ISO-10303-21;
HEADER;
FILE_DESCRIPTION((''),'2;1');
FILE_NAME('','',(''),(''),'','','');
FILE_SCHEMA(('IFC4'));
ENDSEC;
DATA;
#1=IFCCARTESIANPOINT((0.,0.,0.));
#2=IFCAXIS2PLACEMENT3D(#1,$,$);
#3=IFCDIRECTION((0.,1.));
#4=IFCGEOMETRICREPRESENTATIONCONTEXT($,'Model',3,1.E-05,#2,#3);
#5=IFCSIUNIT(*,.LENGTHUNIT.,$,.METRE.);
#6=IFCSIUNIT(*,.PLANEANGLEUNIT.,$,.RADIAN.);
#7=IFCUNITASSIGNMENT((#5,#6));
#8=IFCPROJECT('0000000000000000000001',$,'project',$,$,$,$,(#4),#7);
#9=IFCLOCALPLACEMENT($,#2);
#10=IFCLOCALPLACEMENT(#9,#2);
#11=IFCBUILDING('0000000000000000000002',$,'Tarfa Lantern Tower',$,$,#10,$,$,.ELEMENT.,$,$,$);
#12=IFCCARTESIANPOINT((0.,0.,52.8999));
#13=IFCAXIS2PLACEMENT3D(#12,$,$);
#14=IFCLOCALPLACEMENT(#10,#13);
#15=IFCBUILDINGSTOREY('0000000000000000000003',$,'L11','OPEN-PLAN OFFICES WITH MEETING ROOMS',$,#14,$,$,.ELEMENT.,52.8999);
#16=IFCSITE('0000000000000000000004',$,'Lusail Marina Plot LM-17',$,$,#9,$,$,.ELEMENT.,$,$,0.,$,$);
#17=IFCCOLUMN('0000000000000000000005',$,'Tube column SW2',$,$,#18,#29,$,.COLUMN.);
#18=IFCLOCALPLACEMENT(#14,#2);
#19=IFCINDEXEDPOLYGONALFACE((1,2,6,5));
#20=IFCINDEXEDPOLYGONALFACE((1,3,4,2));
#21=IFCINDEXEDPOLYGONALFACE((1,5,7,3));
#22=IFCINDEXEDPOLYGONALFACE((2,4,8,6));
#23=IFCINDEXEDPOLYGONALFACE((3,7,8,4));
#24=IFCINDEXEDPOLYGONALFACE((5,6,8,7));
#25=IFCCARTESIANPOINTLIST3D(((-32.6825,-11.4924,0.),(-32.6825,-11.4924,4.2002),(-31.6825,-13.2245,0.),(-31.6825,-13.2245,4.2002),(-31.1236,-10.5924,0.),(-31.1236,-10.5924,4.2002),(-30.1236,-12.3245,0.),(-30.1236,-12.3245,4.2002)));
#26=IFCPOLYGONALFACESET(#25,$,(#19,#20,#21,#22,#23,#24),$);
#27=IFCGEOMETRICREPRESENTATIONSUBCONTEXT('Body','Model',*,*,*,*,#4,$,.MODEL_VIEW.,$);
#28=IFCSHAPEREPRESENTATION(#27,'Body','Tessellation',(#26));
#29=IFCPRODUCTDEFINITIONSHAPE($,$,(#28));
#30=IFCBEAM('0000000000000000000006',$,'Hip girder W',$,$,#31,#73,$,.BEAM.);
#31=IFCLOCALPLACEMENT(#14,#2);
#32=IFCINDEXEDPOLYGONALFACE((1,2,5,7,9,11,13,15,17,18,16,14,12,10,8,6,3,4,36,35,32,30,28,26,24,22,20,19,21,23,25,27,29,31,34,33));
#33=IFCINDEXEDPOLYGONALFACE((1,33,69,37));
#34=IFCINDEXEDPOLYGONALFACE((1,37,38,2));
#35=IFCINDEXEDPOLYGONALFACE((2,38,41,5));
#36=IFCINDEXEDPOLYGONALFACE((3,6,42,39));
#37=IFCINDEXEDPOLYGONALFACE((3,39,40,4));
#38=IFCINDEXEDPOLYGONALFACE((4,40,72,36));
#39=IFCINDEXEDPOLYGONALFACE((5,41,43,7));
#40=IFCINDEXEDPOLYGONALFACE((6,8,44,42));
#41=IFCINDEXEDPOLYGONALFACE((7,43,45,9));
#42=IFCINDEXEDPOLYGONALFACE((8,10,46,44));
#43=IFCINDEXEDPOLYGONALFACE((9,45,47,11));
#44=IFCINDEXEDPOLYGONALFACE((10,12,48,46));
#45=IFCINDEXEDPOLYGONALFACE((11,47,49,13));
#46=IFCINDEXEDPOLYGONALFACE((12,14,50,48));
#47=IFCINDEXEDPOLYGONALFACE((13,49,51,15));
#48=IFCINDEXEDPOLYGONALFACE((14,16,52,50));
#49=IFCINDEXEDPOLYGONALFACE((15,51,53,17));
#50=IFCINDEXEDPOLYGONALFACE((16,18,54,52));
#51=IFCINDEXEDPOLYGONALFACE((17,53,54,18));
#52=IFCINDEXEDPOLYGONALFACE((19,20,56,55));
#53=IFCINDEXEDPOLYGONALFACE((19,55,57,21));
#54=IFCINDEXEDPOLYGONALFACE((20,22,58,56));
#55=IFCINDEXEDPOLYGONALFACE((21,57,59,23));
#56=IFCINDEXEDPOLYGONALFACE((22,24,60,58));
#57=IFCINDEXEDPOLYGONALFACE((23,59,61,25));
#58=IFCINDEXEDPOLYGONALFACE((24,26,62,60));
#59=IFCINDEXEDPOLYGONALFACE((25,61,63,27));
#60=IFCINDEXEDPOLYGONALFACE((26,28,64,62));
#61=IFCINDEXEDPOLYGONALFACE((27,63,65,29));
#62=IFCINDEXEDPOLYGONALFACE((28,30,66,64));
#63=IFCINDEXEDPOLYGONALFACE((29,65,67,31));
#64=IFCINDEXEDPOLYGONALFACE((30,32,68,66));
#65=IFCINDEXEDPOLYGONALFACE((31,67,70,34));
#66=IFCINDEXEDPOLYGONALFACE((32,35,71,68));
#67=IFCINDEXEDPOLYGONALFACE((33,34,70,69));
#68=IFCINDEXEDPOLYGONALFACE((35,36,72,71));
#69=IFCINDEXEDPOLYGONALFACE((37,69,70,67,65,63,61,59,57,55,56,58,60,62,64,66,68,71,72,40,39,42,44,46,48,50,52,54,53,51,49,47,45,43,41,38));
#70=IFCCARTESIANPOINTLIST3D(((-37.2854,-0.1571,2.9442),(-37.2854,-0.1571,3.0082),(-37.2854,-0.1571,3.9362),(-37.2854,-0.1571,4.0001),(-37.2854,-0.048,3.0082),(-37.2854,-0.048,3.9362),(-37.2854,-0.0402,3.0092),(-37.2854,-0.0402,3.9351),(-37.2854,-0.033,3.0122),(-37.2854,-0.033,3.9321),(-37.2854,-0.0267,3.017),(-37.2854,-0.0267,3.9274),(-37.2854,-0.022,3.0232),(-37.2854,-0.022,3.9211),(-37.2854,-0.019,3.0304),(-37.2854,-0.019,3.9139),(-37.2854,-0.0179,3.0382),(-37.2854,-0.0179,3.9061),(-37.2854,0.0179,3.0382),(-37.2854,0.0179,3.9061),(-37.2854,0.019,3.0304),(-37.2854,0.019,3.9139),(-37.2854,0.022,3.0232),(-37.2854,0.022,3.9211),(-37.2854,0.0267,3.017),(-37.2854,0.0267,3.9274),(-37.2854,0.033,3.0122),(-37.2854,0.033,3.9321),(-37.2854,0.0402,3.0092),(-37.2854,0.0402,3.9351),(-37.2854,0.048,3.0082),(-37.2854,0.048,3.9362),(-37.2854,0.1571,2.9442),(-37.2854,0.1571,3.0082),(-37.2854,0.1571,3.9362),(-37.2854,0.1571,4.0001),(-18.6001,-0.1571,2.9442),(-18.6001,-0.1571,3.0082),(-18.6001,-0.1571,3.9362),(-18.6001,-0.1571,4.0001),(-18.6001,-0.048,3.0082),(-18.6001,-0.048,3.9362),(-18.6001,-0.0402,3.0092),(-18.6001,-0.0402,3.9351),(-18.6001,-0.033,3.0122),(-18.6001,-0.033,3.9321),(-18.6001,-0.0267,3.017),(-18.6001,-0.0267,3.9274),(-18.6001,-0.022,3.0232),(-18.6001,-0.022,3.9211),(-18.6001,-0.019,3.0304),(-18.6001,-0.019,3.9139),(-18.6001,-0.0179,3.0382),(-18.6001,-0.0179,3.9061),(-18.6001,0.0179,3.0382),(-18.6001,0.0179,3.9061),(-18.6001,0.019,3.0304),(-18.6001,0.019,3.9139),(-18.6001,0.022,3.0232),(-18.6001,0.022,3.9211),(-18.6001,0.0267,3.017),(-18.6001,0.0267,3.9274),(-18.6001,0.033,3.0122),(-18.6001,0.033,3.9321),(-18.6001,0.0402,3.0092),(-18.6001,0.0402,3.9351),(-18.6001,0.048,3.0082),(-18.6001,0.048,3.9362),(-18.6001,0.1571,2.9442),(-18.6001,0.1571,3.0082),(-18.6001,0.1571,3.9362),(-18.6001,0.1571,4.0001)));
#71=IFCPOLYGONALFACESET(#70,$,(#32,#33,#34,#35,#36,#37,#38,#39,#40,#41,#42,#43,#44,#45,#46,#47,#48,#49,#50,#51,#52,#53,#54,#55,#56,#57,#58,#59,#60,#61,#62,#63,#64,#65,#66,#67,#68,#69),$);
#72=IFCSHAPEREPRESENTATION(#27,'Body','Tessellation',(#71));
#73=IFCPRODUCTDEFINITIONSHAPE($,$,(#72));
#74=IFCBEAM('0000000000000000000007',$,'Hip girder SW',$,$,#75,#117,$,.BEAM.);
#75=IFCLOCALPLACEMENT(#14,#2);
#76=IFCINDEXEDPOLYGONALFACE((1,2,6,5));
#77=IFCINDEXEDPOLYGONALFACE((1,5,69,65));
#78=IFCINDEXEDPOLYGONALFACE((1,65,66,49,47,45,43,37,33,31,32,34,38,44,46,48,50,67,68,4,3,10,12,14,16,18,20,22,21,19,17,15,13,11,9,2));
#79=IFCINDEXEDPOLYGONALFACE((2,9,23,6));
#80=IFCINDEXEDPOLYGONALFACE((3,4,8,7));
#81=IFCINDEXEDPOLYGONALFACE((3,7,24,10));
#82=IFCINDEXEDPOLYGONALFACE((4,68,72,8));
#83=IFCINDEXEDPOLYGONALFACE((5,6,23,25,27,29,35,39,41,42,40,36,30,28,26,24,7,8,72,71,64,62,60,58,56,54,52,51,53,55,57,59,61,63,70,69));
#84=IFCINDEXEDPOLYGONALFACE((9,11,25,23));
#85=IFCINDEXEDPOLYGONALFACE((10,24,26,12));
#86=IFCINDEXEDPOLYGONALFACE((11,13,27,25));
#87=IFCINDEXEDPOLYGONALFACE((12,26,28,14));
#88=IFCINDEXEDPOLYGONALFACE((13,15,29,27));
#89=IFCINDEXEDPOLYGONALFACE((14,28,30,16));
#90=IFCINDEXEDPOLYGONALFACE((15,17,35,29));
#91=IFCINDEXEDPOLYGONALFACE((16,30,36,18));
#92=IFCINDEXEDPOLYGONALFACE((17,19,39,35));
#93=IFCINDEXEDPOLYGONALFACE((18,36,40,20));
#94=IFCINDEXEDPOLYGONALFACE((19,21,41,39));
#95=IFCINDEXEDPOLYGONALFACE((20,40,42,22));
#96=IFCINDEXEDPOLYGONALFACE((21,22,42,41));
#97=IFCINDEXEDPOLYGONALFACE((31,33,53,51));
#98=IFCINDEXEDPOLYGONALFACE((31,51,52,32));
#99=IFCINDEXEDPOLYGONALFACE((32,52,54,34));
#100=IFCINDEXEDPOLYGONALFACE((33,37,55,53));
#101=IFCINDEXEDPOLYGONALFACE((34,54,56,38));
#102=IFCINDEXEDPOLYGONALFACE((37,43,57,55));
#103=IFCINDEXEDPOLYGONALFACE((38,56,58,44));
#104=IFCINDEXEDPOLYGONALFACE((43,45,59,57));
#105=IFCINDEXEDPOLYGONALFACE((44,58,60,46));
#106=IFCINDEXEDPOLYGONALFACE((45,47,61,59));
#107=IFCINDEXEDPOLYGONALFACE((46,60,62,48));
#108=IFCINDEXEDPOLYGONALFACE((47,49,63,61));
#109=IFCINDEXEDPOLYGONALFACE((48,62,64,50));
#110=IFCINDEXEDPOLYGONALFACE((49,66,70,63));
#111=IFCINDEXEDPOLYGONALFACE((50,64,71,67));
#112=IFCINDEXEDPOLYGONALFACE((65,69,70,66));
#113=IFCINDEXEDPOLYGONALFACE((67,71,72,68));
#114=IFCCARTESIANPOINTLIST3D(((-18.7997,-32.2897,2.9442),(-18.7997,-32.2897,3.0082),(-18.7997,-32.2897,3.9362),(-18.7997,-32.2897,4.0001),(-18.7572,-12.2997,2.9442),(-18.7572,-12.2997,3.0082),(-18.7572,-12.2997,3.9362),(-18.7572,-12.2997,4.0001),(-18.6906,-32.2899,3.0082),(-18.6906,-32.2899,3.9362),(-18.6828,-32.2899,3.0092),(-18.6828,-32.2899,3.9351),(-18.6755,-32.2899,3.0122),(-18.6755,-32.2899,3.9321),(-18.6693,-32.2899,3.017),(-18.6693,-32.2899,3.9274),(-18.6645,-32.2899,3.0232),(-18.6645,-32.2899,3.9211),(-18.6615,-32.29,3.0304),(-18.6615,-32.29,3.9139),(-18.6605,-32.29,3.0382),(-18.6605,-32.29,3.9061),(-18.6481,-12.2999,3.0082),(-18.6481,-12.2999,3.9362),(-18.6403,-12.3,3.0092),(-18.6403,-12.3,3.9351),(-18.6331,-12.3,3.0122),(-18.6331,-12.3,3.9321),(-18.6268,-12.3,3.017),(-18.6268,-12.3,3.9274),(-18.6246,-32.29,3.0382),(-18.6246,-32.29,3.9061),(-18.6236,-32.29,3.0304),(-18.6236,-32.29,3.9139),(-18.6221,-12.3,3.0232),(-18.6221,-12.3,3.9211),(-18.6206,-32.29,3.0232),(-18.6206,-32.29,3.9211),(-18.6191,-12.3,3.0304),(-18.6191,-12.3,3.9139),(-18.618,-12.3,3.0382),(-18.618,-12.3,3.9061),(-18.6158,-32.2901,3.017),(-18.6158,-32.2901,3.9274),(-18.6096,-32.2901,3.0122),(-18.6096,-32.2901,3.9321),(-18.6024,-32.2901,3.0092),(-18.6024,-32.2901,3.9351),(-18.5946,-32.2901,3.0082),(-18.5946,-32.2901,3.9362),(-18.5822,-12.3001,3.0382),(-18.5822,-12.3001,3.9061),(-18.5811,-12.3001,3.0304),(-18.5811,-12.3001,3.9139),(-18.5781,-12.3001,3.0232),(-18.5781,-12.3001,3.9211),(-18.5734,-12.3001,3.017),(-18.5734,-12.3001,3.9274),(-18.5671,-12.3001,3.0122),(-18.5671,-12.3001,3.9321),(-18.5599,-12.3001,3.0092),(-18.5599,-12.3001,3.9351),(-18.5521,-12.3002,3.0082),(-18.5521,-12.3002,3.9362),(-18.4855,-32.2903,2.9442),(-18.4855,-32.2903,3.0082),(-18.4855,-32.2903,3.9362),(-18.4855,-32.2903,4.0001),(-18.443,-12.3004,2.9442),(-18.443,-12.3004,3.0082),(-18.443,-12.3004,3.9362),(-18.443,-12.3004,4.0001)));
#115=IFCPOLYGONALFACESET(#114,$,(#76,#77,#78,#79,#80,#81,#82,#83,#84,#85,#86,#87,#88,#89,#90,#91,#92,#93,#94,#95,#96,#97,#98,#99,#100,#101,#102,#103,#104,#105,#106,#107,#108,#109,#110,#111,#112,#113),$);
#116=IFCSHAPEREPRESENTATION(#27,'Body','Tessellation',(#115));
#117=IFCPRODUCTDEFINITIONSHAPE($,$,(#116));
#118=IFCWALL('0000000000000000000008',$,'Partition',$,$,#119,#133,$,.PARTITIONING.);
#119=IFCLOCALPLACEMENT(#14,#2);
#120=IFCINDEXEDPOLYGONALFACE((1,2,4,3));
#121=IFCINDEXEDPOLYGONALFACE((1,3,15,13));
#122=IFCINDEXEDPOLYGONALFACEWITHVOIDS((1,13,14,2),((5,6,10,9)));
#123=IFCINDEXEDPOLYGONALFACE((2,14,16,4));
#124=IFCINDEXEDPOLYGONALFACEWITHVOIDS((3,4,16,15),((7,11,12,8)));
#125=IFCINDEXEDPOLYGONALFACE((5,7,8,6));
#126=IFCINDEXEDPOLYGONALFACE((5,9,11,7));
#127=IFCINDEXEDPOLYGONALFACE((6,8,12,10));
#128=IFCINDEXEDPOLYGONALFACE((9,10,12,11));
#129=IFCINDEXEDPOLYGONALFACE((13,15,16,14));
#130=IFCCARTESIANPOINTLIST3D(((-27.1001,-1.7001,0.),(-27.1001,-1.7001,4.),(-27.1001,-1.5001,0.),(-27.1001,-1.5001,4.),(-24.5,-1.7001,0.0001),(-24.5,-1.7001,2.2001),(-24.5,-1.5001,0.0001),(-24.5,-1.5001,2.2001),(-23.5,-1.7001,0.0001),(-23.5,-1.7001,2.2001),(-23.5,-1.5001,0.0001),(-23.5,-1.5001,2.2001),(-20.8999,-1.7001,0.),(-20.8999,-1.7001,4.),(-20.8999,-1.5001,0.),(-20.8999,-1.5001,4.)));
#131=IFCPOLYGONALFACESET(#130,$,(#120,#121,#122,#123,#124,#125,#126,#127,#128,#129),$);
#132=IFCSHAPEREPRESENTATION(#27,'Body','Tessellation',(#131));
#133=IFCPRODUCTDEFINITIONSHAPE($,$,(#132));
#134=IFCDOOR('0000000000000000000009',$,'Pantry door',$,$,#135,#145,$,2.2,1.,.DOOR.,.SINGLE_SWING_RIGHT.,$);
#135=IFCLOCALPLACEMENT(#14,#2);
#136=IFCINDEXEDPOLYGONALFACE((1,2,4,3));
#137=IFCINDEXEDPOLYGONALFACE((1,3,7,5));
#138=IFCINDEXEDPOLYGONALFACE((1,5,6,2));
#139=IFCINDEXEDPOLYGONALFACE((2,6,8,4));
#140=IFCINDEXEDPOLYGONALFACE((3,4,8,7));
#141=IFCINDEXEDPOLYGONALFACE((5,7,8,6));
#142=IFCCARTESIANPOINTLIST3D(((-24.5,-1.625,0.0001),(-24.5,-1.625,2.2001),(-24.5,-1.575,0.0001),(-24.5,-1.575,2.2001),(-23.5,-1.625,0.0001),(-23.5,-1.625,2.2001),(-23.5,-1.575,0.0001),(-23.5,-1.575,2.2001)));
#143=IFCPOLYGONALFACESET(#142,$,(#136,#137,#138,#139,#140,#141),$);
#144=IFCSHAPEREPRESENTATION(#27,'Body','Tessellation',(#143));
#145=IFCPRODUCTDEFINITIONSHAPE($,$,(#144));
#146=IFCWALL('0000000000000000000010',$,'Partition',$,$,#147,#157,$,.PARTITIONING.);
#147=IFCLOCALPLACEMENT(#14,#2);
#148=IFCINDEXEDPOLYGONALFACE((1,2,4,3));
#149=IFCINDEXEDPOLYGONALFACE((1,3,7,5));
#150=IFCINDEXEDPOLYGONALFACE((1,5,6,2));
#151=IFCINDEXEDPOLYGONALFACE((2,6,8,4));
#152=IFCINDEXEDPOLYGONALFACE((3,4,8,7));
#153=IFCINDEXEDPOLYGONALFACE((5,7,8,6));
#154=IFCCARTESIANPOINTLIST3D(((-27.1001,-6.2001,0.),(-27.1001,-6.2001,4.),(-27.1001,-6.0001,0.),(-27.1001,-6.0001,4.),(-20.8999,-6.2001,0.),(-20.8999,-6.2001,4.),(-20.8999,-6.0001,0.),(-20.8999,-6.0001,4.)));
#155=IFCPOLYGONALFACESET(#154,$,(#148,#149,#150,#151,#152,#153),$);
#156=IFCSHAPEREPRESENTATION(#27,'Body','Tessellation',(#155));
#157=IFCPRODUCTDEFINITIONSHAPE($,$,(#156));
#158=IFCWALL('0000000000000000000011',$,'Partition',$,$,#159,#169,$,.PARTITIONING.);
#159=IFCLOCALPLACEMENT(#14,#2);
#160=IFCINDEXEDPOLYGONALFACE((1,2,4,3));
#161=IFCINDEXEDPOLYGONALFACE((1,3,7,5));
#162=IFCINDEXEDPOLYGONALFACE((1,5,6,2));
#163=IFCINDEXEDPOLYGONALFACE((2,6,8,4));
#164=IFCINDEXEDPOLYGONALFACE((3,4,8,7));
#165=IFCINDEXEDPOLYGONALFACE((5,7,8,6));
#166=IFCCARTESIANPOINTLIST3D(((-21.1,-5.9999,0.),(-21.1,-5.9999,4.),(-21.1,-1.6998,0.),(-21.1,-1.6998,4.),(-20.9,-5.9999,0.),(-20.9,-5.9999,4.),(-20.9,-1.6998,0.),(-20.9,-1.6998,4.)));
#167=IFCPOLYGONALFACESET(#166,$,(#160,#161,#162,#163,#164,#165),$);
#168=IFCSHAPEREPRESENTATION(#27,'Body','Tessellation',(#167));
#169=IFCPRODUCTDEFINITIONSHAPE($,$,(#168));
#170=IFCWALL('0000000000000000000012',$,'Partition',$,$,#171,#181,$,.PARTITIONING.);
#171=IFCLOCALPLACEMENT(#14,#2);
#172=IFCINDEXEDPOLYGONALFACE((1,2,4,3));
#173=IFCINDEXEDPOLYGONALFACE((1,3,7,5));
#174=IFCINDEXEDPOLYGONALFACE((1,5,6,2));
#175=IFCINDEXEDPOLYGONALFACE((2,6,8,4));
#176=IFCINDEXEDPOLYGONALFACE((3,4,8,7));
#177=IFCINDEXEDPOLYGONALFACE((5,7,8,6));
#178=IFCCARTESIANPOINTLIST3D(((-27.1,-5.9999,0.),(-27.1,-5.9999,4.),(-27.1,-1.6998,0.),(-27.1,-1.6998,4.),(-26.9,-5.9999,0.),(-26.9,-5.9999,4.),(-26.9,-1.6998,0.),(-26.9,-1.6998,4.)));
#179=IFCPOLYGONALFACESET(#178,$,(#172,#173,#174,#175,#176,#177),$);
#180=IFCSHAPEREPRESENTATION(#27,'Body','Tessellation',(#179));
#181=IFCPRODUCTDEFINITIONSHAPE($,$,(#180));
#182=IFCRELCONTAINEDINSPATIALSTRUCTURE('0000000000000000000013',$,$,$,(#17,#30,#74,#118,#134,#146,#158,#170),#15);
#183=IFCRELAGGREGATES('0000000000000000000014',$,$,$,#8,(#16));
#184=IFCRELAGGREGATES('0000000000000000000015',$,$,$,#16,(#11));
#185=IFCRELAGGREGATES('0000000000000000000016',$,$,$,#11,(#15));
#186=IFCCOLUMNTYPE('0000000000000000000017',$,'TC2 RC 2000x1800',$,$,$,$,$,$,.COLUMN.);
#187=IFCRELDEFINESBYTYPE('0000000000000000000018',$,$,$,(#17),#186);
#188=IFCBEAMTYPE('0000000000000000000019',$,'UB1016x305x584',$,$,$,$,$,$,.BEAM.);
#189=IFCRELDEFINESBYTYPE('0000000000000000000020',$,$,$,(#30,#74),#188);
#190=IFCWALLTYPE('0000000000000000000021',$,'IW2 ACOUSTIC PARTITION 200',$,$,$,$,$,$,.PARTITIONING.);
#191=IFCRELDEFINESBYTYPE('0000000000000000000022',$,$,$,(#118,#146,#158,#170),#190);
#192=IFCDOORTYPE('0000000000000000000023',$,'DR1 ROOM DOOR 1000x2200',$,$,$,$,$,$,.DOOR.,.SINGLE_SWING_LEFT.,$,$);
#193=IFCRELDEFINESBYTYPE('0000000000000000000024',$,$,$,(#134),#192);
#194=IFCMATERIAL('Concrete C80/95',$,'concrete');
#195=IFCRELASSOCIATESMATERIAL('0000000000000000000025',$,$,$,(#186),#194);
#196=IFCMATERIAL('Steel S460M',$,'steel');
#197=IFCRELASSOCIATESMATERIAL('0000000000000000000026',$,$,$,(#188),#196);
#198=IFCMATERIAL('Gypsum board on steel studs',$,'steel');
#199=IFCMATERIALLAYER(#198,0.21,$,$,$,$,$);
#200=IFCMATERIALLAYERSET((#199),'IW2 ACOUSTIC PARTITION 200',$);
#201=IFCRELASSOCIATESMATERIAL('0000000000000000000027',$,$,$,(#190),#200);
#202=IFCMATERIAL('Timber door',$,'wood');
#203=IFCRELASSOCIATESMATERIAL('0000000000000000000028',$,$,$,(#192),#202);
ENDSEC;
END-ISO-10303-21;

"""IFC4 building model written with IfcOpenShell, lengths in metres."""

from ifc_helpers import new_model, si_unit, direction, frame, frame_2d, origin, origin_2d, place, context, subcontext, project, spatial, rectangle, i_section, extrude, material, layer, layer_set, material_profile, profile_set, type_object, element, fill, save


model = new_model("IFC4")

# Units and contexts
model_context = context("Model", 3, precision=1e-05, world=origin(), true_north=direction((0.0, 1.0)))
body_context = subcontext(model_context, "Body", "Model", "MODEL_VIEW")
ifc_project = project(units=[si_unit("LENGTHUNIT", "METRE"), si_unit("PLANEANGLEUNIT", "RADIAN")], contexts=[model_context])

# Site, building, storey
site_placement = place(None, origin())
site = spatial("IfcSite", under=ifc_project, at=site_placement, Name="Lusail Marina Plot LM-17", CompositionType="ELEMENT", RefElevation=0.0)
building_placement = place(site_placement, origin())
building = spatial("IfcBuilding", under=site, at=building_placement, Name="Tarfa Lantern Tower", CompositionType="ELEMENT")
storey_placement = place(building_placement, frame((0.0, 0.0, 52.8999)))
storey = spatial("IfcBuildingStorey", under=building, at=storey_placement, Name="L11", Description="OPEN-PLAN OFFICES WITH MEETING ROOMS", CompositionType="ELEMENT", Elevation=52.8999)

# Column
ifc_material_1 = material(Name="Concrete C80/95", Category="concrete")
ifc_material_profile_1 = material_profile(ifc_material_1, rectangle(XDim=2.0, YDim=1.8, at=origin_2d()), Name="RC 2000x1800")
ifc_profile_set_1 = profile_set([ifc_material_profile_1], Name="Concrete C80/95")
column_type = type_object("IfcColumnType", Name="TC2 RC 2000x1800", PredefinedType="COLUMN", material=ifc_profile_set_1)
column_placement = place(storey_placement, frame((-31.4031, -11.9084, 0.0), z_axis=(0.0, 0.0, 1.0), x_axis=(0.5, -0.866025, 0.0)))
element("IfcColumn", 1, at=column_placement, inside=storey, type_object=column_type, Name="Tube column SW2", PredefinedType="COLUMN", context=body_context, shape_type="SweptSolid", body=[
    extrude(rectangle(XDim=2.0, YDim=1.8, at=origin_2d()), origin(), (0.0, 0.0, 1.0), 4.2002),
])

# Beams
ifc_material_2 = material(Name="Steel S460M", Category="steel")
ifc_material_profile_2 = material_profile(ifc_material_2, i_section(OverallWidth=0.3142, OverallDepth=1.0559, WebThickness=0.0359, FlangeThickness=0.064, FilletRadius=0.03, at=origin_2d()), Name="UB1016x305x584")
ifc_profile_set_2 = profile_set([ifc_material_profile_2], Name="Steel S460M")
beam_type = type_object("IfcBeamType", Name="UB1016x305x584", PredefinedType="BEAM", material=ifc_profile_set_2)
beam_1_placement = place(storey_placement, frame((-18.6001, 0.0, 3.4722), z_axis=(-1.0, 0.0, 0.0), x_axis=(0.0, -1.0, 0.0)))
element("IfcBeam", 2, at=beam_1_placement, inside=storey, type_object=beam_type, Name="Hip girder W", PredefinedType="BEAM", context=body_context, shape_type="SweptSolid", body=[
    extrude(i_section(OverallWidth=0.3142, OverallDepth=1.0559, WebThickness=0.0359, FlangeThickness=0.064, FilletRadius=0.03, at=origin_2d()), origin(), (0.0, 0.0, 1.0), 18.6853),
])
beam_2_placement = place(storey_placement, frame((-18.6001, -12.3, 3.4722), z_axis=(-0.002125, -0.999998, 0.0), x_axis=(0.999998, -0.002125, 0.0)))
element("IfcBeam", 3, at=beam_2_placement, inside=storey, type_object=beam_type, Name="Hip girder SW", PredefinedType="BEAM", context=body_context, shape_type="SweptSolid", body=[
    extrude(i_section(OverallWidth=0.3142, OverallDepth=1.0559, WebThickness=0.0359, FlangeThickness=0.064, FilletRadius=0.03, at=origin_2d()), origin(), (0.0, 0.0, 1.0), 19.99),
])

# Wall, opening, door
ifc_material_3 = material(Name="Gypsum board on steel studs", Category="steel")
ifc_layer_1 = layer(ifc_material_3, 0.21)
ifc_layer_set_1 = layer_set([ifc_layer_1], Name="IW2 ACOUSTIC PARTITION 200")
wall_type_1 = type_object("IfcWallType", Name="IW2 ACOUSTIC PARTITION 200", PredefinedType="PARTITIONING", material=ifc_layer_set_1)
wall_1_placement = place(storey_placement, frame((-20.8999, -1.6001, 0.0), z_axis=(0.0, 0.0, 1.0), x_axis=(-1.0, 0.0, 0.0)))
wall_1 = element("IfcWall", 4, at=wall_1_placement, inside=storey, type_object=wall_type_1, Name="Partition", PredefinedType="PARTITIONING", context=body_context, shape_type="SweptSolid", body=[
    extrude(rectangle(XDim=6.2002, YDim=0.2, at=frame_2d((3.1001, 0.0))), origin(), (0.0, 0.0, 1.0), 4.0),
])
opening_1_placement = place(wall_1_placement, frame((2.6001, 0.0, 0.0)))
opening_1 = element("IfcOpeningElement", 5, at=opening_1_placement, cuts=wall_1, PredefinedType="OPENING", context=body_context, shape_type="SweptSolid", body=[
    extrude(rectangle(XDim=1.0, YDim=2.2, at=frame_2d((0.5, 1.1001))), frame((0.0, 0.1099, 0.0), z_axis=(0.0, -1.0, 0.0), x_axis=(1.0, 0.0, 0.0)), (0.0, 0.0, 1.0), 0.22),
])
ifc_material_4 = material(Name="Timber door", Category="wood")
door_type_1 = type_object("IfcDoorType", Name="DR1 ROOM DOOR 1000x2200", OperationType="SINGLE_SWING_LEFT", PredefinedType="DOOR", material=ifc_material_4)
door_1_placement = place(opening_1_placement, origin())
door_1 = element("IfcDoor", 6, at=door_1_placement, inside=storey, type_object=door_type_1, Name="Pantry door", OperationType="SINGLE_SWING_RIGHT", OverallHeight=2.2, OverallWidth=1.0, PredefinedType="DOOR", context=body_context, shape_type="SweptSolid", body=[
    extrude(rectangle(XDim=1.0, YDim=2.2, at=frame_2d((0.5, 1.1001))), frame((0.0, 0.0249, 0.0), z_axis=(0.0, -1.0, 0.0), x_axis=(1.0, 0.0, 0.0)), (0.0, 0.0, 1.0), 0.05),
])
fill(opening_1, door_1)

# Walls
wall_2_placement = place(storey_placement, frame((-20.8999, -6.1001, 0.0), z_axis=(0.0, 0.0, 1.0), x_axis=(-1.0, 0.0, 0.0)))
element("IfcWall", 7, at=wall_2_placement, inside=storey, type_object=wall_type_1, Name="Partition", PredefinedType="PARTITIONING", context=body_context, shape_type="SweptSolid", body=[
    extrude(rectangle(XDim=6.2002, YDim=0.2, at=frame_2d((3.1001, 0.0))), origin(), (0.0, 0.0, 1.0), 4.0),
])
for number, where, z_axis, x_axis, name in (
    (8, (-21.0, -1.7, 0.0), (0.0, 0.0, 1.0), (0.0, -1.0, 0.0), "Partition"),
    (9, (-27.0, -1.7, 0.0), (0.0, 0.0, 1.0), (0.0, -1.0, 0.0), "Partition"),
):
    element("IfcWall", number, at=place(storey_placement, frame(where, z_axis=z_axis, x_axis=x_axis)), inside=storey, type_object=wall_type_1, Name=name, PredefinedType="PARTITIONING", context=body_context, shape_type="SweptSolid", body=[
        extrude(rectangle(XDim=4.3, YDim=0.2, at=frame_2d((2.1499, 0.0))), origin(), (0.0, 0.0, 1.0), 4.0),
    ])

save(model, "model.ifc")
